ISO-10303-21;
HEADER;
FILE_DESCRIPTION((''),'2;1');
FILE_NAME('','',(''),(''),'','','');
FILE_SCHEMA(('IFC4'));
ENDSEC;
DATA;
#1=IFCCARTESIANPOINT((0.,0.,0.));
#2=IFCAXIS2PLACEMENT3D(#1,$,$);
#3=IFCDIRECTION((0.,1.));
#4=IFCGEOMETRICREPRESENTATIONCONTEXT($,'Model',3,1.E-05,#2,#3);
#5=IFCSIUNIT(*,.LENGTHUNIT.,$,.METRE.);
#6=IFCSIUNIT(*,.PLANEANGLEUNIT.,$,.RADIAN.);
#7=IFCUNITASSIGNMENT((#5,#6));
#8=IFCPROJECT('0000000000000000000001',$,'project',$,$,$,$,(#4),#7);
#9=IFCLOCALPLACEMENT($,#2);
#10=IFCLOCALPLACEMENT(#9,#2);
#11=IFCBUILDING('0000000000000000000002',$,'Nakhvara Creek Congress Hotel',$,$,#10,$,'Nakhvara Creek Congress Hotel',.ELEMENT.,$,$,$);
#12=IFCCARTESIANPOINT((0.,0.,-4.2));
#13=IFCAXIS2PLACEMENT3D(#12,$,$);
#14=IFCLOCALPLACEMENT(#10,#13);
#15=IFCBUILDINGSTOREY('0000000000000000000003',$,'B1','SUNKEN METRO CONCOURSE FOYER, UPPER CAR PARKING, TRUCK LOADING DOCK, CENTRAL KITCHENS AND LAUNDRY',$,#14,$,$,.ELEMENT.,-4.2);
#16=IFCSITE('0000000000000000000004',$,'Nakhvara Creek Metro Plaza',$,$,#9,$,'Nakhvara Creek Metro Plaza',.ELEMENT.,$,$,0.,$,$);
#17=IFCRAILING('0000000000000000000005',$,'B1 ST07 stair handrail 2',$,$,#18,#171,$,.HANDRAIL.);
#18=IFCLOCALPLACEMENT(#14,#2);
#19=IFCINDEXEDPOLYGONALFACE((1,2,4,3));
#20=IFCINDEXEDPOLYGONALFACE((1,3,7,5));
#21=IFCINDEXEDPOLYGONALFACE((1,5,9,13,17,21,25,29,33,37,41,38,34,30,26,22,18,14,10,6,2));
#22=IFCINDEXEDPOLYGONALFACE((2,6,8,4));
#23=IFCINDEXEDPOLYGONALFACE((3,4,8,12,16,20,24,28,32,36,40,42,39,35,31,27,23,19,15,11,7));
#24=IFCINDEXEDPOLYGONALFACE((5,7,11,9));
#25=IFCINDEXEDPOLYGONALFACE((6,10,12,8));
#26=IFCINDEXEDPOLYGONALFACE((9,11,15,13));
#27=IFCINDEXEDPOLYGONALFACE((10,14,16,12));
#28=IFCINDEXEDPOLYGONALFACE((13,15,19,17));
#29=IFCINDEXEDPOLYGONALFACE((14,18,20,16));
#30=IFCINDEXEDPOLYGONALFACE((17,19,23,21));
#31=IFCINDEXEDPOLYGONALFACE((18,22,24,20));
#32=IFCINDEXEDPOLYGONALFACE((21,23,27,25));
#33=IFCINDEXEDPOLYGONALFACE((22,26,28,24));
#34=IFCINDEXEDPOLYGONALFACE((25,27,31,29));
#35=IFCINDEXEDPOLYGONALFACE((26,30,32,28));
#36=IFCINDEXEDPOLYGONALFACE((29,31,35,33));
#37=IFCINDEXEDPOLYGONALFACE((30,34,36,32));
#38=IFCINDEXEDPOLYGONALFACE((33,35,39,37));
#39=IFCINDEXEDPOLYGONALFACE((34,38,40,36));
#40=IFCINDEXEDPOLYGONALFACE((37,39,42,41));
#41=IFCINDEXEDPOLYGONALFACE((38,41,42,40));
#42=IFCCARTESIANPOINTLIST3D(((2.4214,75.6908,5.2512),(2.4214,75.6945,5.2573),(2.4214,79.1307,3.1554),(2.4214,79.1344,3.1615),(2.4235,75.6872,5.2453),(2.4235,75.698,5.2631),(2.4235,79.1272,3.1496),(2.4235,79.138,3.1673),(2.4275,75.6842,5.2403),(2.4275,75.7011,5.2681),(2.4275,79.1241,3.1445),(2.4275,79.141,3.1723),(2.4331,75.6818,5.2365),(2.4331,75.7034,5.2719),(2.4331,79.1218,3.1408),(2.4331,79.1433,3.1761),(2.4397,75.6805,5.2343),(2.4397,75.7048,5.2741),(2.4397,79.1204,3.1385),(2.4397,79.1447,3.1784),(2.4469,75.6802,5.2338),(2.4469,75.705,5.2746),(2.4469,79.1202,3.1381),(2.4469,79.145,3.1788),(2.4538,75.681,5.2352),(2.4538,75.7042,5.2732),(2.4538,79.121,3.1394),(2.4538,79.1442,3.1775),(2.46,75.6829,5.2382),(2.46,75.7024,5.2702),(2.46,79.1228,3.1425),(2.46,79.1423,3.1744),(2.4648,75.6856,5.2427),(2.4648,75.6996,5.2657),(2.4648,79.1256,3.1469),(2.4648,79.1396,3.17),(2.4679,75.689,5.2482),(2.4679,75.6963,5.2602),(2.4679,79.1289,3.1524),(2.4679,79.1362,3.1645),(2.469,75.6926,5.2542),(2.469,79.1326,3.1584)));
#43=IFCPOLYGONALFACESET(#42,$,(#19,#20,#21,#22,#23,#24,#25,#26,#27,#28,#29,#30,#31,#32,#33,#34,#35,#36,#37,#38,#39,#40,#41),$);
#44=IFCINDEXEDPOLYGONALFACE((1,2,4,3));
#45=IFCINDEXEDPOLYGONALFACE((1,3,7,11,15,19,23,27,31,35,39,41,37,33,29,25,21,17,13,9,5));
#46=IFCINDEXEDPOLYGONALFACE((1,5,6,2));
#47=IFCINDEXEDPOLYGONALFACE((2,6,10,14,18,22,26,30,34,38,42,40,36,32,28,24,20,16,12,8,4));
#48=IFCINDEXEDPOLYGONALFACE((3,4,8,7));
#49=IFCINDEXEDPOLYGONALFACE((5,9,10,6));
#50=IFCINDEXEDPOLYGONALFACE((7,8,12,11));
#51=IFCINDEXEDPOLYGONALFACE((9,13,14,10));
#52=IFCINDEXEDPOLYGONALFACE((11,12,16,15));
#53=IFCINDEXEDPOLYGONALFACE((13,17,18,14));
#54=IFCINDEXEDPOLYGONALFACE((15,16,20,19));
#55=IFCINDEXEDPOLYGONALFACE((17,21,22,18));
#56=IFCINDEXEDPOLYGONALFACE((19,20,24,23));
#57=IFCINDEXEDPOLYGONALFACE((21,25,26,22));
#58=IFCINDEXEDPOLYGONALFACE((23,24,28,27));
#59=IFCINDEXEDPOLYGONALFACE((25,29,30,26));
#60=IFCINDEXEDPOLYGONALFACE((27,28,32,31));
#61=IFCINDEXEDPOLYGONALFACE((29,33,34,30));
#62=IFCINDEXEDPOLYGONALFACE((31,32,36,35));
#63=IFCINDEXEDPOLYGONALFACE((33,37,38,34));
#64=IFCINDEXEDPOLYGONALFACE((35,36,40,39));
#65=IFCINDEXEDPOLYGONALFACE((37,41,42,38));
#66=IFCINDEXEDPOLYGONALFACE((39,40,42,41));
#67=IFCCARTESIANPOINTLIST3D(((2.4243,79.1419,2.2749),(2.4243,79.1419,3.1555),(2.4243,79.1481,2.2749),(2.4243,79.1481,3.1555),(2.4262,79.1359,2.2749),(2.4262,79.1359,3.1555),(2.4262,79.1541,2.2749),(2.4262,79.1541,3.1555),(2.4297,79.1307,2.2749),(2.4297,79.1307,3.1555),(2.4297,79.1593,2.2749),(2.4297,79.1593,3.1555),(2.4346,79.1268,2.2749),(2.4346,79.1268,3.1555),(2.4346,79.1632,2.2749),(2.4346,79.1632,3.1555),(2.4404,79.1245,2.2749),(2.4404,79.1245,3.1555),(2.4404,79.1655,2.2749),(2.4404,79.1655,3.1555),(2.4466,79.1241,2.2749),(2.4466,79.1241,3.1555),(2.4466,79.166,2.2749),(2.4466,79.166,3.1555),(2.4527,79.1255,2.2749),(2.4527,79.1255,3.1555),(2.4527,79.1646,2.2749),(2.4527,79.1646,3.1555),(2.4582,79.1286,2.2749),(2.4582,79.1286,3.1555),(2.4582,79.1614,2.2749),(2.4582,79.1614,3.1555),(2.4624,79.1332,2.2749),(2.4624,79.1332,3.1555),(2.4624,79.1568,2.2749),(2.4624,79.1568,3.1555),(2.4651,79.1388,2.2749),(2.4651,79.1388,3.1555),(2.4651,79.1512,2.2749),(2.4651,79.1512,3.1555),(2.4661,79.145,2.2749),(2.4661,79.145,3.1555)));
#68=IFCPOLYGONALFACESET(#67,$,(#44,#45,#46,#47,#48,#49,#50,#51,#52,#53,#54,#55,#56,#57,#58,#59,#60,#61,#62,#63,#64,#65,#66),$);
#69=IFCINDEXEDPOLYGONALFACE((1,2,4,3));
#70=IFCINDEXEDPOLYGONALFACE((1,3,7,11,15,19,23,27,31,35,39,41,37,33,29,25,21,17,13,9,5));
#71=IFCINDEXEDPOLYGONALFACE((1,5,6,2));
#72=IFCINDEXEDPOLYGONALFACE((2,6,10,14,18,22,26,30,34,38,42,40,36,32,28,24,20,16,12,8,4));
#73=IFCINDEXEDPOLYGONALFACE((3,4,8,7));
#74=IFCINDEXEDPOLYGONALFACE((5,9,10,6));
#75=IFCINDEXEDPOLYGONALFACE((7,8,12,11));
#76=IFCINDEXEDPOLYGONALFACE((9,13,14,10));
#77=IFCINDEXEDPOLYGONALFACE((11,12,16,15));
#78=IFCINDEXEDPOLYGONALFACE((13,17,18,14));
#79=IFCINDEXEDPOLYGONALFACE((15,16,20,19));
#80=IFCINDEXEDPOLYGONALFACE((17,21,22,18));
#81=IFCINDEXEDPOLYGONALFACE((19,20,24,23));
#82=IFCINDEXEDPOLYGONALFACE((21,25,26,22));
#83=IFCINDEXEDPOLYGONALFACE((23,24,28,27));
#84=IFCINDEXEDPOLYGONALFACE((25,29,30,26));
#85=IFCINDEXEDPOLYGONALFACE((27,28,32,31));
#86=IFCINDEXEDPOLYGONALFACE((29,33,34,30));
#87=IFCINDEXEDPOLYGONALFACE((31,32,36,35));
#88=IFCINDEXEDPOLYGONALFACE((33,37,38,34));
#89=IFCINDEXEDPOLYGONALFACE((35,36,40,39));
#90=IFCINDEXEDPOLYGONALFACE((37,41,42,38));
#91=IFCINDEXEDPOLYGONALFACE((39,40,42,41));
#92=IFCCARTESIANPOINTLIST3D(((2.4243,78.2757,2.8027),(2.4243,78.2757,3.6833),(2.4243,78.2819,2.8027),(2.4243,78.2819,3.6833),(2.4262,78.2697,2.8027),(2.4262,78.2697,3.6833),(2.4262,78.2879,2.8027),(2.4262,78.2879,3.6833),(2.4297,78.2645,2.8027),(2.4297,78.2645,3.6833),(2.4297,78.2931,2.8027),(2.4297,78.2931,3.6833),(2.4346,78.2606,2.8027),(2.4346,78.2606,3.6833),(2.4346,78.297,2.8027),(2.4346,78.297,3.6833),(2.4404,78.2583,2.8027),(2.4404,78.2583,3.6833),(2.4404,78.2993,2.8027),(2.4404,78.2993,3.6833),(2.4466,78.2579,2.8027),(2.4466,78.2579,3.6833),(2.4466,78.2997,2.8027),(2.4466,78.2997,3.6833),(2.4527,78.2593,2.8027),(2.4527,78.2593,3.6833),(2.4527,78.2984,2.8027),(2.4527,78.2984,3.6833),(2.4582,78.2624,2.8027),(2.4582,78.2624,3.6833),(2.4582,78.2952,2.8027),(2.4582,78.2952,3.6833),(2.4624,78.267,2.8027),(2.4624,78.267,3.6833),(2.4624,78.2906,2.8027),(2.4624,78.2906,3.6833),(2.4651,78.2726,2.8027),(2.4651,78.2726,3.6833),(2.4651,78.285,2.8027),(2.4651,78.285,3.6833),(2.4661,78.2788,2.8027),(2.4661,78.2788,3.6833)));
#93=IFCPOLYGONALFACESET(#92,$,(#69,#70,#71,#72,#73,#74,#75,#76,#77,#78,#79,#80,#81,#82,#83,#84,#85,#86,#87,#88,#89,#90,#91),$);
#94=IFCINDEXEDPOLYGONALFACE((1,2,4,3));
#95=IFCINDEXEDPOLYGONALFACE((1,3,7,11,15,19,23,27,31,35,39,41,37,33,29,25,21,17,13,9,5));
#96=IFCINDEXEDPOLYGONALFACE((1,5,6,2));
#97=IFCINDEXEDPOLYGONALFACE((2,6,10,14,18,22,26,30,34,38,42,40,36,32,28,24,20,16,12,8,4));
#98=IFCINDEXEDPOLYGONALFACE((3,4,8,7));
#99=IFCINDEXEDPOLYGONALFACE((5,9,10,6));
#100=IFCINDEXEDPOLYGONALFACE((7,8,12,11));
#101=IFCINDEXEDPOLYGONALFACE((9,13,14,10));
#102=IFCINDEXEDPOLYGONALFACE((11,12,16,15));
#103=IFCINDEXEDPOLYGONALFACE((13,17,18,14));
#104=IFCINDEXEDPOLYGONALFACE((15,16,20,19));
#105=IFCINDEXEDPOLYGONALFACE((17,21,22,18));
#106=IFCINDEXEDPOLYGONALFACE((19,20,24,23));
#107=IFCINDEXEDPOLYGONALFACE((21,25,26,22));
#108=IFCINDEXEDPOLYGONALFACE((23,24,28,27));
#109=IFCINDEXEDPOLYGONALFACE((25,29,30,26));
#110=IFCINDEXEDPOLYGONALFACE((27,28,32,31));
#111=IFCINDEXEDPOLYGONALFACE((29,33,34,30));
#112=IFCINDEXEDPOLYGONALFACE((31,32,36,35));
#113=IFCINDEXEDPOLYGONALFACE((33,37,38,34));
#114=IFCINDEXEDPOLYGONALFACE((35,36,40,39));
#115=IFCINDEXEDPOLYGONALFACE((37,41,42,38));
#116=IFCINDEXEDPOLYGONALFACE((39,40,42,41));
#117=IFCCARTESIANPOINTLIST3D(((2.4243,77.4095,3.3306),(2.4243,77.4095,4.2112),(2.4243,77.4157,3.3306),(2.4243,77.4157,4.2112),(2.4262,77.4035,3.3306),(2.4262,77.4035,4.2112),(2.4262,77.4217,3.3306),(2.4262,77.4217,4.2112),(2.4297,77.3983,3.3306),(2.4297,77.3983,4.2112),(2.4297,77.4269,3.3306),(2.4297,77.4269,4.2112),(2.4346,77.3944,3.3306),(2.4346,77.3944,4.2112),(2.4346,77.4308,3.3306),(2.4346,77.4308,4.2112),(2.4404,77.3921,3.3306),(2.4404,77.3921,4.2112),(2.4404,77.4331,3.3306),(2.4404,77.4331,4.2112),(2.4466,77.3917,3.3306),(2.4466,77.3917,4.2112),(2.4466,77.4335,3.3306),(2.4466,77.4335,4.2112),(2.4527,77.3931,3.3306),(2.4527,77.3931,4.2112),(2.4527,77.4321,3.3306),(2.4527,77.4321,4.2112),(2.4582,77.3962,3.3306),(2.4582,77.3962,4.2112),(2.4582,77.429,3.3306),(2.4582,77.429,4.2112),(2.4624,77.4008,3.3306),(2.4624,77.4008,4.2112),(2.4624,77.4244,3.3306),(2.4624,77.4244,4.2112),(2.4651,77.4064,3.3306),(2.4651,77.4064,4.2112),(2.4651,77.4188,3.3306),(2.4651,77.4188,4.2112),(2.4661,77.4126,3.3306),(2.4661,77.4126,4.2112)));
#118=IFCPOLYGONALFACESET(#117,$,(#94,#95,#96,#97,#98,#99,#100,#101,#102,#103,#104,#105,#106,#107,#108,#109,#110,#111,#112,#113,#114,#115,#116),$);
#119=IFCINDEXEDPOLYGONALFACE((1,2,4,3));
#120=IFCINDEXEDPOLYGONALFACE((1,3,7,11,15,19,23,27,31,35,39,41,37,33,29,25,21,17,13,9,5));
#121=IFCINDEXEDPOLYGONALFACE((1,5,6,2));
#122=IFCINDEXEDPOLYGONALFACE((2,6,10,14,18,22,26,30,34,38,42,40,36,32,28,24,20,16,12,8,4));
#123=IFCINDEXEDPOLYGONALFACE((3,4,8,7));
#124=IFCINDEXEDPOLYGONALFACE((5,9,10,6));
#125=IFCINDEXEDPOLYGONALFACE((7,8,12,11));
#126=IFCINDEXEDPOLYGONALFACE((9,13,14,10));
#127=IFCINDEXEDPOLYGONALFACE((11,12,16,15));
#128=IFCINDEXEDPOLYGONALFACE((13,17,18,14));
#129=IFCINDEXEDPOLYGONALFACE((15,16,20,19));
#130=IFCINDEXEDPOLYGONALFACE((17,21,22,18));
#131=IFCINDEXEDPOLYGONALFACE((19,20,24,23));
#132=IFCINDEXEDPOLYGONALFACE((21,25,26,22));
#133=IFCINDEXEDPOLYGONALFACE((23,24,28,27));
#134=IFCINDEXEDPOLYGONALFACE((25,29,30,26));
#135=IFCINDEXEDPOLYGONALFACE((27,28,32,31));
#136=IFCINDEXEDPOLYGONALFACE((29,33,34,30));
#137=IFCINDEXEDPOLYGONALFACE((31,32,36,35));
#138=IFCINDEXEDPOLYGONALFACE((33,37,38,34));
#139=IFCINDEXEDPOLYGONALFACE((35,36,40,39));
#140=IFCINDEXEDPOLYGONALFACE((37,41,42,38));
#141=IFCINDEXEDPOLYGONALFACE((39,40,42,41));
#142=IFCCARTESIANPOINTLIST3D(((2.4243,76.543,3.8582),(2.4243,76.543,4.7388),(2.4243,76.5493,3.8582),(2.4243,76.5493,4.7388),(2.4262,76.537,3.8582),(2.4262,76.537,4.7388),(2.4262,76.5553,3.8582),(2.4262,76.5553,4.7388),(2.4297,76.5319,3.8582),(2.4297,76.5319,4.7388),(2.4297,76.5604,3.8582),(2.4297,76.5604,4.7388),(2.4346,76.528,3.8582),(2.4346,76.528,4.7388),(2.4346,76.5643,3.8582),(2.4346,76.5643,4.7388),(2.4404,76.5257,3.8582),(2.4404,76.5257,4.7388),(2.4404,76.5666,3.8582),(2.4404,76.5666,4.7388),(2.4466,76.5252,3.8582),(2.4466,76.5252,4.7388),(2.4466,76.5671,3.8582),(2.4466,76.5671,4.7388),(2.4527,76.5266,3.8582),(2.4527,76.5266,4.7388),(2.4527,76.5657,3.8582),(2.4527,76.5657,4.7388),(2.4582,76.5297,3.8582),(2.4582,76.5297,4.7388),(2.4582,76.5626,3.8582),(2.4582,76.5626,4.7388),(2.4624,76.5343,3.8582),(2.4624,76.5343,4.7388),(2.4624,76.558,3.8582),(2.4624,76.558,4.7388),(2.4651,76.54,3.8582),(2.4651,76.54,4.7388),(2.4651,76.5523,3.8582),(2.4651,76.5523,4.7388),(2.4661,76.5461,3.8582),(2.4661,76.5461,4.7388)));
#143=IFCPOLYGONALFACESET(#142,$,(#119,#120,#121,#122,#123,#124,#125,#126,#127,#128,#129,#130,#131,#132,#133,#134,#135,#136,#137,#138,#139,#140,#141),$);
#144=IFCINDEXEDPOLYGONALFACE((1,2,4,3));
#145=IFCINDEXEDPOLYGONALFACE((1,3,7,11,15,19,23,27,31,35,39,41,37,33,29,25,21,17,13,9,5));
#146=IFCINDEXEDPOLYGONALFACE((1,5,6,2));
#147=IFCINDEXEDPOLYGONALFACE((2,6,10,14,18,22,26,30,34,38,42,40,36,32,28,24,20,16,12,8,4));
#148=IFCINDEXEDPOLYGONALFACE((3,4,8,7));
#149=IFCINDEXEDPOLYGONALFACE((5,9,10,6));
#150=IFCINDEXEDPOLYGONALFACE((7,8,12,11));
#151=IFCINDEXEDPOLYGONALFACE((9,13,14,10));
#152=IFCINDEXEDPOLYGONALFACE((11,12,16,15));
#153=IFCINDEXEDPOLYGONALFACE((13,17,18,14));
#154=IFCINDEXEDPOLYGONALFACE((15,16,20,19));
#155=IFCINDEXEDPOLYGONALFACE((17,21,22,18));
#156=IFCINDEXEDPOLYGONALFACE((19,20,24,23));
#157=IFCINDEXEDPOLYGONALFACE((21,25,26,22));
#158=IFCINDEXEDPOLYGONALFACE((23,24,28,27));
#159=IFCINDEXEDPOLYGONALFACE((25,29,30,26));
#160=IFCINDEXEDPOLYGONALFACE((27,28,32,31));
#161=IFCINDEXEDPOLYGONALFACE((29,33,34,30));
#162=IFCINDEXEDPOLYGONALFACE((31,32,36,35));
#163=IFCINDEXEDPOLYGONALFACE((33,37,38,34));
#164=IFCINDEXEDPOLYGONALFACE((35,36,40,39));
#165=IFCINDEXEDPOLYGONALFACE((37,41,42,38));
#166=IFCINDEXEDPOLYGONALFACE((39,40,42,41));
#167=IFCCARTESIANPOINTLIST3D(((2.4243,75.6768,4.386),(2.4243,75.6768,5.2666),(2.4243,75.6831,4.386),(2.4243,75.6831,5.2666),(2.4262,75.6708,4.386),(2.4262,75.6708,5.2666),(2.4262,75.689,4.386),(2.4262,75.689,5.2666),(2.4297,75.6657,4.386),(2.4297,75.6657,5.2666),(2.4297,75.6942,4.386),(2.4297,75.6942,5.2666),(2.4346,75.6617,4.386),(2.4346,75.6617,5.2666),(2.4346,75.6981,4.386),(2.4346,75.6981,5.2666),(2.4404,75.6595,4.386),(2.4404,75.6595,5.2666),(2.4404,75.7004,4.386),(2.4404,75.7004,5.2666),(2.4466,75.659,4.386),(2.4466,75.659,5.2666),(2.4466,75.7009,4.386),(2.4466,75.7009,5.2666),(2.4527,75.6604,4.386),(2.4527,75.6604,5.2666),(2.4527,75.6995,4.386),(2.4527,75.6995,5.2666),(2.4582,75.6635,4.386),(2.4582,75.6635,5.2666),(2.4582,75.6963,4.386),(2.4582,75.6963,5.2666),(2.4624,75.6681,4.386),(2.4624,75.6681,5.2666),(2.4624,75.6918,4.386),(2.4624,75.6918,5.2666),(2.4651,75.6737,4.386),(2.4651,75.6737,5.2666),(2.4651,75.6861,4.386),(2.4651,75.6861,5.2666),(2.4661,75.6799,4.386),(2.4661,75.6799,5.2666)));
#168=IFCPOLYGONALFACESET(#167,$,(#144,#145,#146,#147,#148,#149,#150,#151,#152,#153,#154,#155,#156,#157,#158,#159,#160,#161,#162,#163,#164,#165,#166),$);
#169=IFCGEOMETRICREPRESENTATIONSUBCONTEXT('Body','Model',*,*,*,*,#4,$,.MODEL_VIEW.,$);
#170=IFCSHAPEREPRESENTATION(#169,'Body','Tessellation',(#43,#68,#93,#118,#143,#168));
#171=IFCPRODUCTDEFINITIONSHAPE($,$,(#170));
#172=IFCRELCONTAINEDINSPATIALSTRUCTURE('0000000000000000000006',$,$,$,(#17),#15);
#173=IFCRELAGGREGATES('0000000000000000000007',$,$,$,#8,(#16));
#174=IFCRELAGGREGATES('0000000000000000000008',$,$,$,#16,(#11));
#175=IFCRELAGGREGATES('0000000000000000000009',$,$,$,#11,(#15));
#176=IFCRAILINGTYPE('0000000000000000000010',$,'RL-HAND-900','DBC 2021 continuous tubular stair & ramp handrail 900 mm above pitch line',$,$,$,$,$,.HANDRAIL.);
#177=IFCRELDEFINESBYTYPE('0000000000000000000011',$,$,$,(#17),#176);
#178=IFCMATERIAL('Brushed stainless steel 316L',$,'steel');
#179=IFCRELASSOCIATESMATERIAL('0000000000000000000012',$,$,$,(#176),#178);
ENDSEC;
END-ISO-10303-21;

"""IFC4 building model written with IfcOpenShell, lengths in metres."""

from ifc_helpers import new_model, si_unit, direction, frame, origin, origin_2d, place, context, subcontext, project, spatial, circle, extrude, material, type_object, element, save


model = new_model("IFC4")

# Units and contexts
model_context = context("Model", 3, precision=1e-05, world=origin(), true_north=direction((0.0, 1.0)))
body_context = subcontext(model_context, "Body", "Model", "MODEL_VIEW")
ifc_project = project(units=[si_unit("LENGTHUNIT", "METRE"), si_unit("PLANEANGLEUNIT", "RADIAN")], contexts=[model_context])

# Site, building, storey
site_placement = place(None, origin())
site = spatial("IfcSite", under=ifc_project, at=site_placement, Name="Nakhvara Creek Metro Plaza", LongName="Nakhvara Creek Metro Plaza", CompositionType="ELEMENT", RefElevation=0.0)
building_placement = place(site_placement, origin())
building = spatial("IfcBuilding", under=site, at=building_placement, Name="Nakhvara Creek Congress Hotel", LongName="Nakhvara Creek Congress Hotel", CompositionType="ELEMENT")
storey_placement = place(building_placement, frame((0.0, 0.0, -4.2)))
storey = spatial("IfcBuildingStorey", under=building, at=storey_placement, Name="B1", Description="SUNKEN METRO CONCOURSE FOYER, UPPER CAR PARKING, TRUCK LOADING DOCK, CENTRAL KITCHENS AND LAUNDRY", CompositionType="ELEMENT", Elevation=-4.2)

# Railing
ifc_material_1 = material(Name="Brushed stainless steel 316L", Category="steel")
railing_type_1 = type_object("IfcRailingType", Name="RL-HAND-900", Description="DBC 2021 continuous tubular stair & ramp handrail 900 mm above pitch line", PredefinedType="HANDRAIL", material=ifc_material_1)
railing_1_placement = place(storey_placement, frame((2.4451, 79.145, 2.2749)))
element("IfcRailing", 1, at=railing_1_placement, inside=storey, type_object=railing_type_1, Name="B1 ST07 stair handrail 2", PredefinedType="HANDRAIL", context=body_context, shape_type="SweptSolid", body=[
    extrude(circle(Radius=0.0239, at=origin_2d()), frame((0.0, -0.0125, 0.8835), z_axis=(0.0, -0.853991, 0.520289), x_axis=(1.0, 0.0, 0.0)), (0.0, 0.0, 1.0), 4.0281),
    extrude(circle(Radius=0.021, at=origin_2d()), origin(), (0.0, 0.0, 1.0), 0.8806),
    extrude(circle(Radius=0.021, at=origin_2d()), frame((0.0, -0.8662, 0.5278)), (0.0, 0.0, 1.0), 0.8806),
    extrude(circle(Radius=0.021, at=origin_2d()), frame((0.0, -1.7324, 1.0557)), (0.0, 0.0, 1.0), 0.8806),
    extrude(circle(Radius=0.021, at=origin_2d()), frame((0.0, -2.5989, 1.5833)), (0.0, 0.0, 1.0), 0.8806),
    extrude(circle(Radius=0.021, at=origin_2d()), frame((0.0, -3.4651, 2.1111)), (0.0, 0.0, 1.0), 0.8806),
])

save(model, "model.ifc")
